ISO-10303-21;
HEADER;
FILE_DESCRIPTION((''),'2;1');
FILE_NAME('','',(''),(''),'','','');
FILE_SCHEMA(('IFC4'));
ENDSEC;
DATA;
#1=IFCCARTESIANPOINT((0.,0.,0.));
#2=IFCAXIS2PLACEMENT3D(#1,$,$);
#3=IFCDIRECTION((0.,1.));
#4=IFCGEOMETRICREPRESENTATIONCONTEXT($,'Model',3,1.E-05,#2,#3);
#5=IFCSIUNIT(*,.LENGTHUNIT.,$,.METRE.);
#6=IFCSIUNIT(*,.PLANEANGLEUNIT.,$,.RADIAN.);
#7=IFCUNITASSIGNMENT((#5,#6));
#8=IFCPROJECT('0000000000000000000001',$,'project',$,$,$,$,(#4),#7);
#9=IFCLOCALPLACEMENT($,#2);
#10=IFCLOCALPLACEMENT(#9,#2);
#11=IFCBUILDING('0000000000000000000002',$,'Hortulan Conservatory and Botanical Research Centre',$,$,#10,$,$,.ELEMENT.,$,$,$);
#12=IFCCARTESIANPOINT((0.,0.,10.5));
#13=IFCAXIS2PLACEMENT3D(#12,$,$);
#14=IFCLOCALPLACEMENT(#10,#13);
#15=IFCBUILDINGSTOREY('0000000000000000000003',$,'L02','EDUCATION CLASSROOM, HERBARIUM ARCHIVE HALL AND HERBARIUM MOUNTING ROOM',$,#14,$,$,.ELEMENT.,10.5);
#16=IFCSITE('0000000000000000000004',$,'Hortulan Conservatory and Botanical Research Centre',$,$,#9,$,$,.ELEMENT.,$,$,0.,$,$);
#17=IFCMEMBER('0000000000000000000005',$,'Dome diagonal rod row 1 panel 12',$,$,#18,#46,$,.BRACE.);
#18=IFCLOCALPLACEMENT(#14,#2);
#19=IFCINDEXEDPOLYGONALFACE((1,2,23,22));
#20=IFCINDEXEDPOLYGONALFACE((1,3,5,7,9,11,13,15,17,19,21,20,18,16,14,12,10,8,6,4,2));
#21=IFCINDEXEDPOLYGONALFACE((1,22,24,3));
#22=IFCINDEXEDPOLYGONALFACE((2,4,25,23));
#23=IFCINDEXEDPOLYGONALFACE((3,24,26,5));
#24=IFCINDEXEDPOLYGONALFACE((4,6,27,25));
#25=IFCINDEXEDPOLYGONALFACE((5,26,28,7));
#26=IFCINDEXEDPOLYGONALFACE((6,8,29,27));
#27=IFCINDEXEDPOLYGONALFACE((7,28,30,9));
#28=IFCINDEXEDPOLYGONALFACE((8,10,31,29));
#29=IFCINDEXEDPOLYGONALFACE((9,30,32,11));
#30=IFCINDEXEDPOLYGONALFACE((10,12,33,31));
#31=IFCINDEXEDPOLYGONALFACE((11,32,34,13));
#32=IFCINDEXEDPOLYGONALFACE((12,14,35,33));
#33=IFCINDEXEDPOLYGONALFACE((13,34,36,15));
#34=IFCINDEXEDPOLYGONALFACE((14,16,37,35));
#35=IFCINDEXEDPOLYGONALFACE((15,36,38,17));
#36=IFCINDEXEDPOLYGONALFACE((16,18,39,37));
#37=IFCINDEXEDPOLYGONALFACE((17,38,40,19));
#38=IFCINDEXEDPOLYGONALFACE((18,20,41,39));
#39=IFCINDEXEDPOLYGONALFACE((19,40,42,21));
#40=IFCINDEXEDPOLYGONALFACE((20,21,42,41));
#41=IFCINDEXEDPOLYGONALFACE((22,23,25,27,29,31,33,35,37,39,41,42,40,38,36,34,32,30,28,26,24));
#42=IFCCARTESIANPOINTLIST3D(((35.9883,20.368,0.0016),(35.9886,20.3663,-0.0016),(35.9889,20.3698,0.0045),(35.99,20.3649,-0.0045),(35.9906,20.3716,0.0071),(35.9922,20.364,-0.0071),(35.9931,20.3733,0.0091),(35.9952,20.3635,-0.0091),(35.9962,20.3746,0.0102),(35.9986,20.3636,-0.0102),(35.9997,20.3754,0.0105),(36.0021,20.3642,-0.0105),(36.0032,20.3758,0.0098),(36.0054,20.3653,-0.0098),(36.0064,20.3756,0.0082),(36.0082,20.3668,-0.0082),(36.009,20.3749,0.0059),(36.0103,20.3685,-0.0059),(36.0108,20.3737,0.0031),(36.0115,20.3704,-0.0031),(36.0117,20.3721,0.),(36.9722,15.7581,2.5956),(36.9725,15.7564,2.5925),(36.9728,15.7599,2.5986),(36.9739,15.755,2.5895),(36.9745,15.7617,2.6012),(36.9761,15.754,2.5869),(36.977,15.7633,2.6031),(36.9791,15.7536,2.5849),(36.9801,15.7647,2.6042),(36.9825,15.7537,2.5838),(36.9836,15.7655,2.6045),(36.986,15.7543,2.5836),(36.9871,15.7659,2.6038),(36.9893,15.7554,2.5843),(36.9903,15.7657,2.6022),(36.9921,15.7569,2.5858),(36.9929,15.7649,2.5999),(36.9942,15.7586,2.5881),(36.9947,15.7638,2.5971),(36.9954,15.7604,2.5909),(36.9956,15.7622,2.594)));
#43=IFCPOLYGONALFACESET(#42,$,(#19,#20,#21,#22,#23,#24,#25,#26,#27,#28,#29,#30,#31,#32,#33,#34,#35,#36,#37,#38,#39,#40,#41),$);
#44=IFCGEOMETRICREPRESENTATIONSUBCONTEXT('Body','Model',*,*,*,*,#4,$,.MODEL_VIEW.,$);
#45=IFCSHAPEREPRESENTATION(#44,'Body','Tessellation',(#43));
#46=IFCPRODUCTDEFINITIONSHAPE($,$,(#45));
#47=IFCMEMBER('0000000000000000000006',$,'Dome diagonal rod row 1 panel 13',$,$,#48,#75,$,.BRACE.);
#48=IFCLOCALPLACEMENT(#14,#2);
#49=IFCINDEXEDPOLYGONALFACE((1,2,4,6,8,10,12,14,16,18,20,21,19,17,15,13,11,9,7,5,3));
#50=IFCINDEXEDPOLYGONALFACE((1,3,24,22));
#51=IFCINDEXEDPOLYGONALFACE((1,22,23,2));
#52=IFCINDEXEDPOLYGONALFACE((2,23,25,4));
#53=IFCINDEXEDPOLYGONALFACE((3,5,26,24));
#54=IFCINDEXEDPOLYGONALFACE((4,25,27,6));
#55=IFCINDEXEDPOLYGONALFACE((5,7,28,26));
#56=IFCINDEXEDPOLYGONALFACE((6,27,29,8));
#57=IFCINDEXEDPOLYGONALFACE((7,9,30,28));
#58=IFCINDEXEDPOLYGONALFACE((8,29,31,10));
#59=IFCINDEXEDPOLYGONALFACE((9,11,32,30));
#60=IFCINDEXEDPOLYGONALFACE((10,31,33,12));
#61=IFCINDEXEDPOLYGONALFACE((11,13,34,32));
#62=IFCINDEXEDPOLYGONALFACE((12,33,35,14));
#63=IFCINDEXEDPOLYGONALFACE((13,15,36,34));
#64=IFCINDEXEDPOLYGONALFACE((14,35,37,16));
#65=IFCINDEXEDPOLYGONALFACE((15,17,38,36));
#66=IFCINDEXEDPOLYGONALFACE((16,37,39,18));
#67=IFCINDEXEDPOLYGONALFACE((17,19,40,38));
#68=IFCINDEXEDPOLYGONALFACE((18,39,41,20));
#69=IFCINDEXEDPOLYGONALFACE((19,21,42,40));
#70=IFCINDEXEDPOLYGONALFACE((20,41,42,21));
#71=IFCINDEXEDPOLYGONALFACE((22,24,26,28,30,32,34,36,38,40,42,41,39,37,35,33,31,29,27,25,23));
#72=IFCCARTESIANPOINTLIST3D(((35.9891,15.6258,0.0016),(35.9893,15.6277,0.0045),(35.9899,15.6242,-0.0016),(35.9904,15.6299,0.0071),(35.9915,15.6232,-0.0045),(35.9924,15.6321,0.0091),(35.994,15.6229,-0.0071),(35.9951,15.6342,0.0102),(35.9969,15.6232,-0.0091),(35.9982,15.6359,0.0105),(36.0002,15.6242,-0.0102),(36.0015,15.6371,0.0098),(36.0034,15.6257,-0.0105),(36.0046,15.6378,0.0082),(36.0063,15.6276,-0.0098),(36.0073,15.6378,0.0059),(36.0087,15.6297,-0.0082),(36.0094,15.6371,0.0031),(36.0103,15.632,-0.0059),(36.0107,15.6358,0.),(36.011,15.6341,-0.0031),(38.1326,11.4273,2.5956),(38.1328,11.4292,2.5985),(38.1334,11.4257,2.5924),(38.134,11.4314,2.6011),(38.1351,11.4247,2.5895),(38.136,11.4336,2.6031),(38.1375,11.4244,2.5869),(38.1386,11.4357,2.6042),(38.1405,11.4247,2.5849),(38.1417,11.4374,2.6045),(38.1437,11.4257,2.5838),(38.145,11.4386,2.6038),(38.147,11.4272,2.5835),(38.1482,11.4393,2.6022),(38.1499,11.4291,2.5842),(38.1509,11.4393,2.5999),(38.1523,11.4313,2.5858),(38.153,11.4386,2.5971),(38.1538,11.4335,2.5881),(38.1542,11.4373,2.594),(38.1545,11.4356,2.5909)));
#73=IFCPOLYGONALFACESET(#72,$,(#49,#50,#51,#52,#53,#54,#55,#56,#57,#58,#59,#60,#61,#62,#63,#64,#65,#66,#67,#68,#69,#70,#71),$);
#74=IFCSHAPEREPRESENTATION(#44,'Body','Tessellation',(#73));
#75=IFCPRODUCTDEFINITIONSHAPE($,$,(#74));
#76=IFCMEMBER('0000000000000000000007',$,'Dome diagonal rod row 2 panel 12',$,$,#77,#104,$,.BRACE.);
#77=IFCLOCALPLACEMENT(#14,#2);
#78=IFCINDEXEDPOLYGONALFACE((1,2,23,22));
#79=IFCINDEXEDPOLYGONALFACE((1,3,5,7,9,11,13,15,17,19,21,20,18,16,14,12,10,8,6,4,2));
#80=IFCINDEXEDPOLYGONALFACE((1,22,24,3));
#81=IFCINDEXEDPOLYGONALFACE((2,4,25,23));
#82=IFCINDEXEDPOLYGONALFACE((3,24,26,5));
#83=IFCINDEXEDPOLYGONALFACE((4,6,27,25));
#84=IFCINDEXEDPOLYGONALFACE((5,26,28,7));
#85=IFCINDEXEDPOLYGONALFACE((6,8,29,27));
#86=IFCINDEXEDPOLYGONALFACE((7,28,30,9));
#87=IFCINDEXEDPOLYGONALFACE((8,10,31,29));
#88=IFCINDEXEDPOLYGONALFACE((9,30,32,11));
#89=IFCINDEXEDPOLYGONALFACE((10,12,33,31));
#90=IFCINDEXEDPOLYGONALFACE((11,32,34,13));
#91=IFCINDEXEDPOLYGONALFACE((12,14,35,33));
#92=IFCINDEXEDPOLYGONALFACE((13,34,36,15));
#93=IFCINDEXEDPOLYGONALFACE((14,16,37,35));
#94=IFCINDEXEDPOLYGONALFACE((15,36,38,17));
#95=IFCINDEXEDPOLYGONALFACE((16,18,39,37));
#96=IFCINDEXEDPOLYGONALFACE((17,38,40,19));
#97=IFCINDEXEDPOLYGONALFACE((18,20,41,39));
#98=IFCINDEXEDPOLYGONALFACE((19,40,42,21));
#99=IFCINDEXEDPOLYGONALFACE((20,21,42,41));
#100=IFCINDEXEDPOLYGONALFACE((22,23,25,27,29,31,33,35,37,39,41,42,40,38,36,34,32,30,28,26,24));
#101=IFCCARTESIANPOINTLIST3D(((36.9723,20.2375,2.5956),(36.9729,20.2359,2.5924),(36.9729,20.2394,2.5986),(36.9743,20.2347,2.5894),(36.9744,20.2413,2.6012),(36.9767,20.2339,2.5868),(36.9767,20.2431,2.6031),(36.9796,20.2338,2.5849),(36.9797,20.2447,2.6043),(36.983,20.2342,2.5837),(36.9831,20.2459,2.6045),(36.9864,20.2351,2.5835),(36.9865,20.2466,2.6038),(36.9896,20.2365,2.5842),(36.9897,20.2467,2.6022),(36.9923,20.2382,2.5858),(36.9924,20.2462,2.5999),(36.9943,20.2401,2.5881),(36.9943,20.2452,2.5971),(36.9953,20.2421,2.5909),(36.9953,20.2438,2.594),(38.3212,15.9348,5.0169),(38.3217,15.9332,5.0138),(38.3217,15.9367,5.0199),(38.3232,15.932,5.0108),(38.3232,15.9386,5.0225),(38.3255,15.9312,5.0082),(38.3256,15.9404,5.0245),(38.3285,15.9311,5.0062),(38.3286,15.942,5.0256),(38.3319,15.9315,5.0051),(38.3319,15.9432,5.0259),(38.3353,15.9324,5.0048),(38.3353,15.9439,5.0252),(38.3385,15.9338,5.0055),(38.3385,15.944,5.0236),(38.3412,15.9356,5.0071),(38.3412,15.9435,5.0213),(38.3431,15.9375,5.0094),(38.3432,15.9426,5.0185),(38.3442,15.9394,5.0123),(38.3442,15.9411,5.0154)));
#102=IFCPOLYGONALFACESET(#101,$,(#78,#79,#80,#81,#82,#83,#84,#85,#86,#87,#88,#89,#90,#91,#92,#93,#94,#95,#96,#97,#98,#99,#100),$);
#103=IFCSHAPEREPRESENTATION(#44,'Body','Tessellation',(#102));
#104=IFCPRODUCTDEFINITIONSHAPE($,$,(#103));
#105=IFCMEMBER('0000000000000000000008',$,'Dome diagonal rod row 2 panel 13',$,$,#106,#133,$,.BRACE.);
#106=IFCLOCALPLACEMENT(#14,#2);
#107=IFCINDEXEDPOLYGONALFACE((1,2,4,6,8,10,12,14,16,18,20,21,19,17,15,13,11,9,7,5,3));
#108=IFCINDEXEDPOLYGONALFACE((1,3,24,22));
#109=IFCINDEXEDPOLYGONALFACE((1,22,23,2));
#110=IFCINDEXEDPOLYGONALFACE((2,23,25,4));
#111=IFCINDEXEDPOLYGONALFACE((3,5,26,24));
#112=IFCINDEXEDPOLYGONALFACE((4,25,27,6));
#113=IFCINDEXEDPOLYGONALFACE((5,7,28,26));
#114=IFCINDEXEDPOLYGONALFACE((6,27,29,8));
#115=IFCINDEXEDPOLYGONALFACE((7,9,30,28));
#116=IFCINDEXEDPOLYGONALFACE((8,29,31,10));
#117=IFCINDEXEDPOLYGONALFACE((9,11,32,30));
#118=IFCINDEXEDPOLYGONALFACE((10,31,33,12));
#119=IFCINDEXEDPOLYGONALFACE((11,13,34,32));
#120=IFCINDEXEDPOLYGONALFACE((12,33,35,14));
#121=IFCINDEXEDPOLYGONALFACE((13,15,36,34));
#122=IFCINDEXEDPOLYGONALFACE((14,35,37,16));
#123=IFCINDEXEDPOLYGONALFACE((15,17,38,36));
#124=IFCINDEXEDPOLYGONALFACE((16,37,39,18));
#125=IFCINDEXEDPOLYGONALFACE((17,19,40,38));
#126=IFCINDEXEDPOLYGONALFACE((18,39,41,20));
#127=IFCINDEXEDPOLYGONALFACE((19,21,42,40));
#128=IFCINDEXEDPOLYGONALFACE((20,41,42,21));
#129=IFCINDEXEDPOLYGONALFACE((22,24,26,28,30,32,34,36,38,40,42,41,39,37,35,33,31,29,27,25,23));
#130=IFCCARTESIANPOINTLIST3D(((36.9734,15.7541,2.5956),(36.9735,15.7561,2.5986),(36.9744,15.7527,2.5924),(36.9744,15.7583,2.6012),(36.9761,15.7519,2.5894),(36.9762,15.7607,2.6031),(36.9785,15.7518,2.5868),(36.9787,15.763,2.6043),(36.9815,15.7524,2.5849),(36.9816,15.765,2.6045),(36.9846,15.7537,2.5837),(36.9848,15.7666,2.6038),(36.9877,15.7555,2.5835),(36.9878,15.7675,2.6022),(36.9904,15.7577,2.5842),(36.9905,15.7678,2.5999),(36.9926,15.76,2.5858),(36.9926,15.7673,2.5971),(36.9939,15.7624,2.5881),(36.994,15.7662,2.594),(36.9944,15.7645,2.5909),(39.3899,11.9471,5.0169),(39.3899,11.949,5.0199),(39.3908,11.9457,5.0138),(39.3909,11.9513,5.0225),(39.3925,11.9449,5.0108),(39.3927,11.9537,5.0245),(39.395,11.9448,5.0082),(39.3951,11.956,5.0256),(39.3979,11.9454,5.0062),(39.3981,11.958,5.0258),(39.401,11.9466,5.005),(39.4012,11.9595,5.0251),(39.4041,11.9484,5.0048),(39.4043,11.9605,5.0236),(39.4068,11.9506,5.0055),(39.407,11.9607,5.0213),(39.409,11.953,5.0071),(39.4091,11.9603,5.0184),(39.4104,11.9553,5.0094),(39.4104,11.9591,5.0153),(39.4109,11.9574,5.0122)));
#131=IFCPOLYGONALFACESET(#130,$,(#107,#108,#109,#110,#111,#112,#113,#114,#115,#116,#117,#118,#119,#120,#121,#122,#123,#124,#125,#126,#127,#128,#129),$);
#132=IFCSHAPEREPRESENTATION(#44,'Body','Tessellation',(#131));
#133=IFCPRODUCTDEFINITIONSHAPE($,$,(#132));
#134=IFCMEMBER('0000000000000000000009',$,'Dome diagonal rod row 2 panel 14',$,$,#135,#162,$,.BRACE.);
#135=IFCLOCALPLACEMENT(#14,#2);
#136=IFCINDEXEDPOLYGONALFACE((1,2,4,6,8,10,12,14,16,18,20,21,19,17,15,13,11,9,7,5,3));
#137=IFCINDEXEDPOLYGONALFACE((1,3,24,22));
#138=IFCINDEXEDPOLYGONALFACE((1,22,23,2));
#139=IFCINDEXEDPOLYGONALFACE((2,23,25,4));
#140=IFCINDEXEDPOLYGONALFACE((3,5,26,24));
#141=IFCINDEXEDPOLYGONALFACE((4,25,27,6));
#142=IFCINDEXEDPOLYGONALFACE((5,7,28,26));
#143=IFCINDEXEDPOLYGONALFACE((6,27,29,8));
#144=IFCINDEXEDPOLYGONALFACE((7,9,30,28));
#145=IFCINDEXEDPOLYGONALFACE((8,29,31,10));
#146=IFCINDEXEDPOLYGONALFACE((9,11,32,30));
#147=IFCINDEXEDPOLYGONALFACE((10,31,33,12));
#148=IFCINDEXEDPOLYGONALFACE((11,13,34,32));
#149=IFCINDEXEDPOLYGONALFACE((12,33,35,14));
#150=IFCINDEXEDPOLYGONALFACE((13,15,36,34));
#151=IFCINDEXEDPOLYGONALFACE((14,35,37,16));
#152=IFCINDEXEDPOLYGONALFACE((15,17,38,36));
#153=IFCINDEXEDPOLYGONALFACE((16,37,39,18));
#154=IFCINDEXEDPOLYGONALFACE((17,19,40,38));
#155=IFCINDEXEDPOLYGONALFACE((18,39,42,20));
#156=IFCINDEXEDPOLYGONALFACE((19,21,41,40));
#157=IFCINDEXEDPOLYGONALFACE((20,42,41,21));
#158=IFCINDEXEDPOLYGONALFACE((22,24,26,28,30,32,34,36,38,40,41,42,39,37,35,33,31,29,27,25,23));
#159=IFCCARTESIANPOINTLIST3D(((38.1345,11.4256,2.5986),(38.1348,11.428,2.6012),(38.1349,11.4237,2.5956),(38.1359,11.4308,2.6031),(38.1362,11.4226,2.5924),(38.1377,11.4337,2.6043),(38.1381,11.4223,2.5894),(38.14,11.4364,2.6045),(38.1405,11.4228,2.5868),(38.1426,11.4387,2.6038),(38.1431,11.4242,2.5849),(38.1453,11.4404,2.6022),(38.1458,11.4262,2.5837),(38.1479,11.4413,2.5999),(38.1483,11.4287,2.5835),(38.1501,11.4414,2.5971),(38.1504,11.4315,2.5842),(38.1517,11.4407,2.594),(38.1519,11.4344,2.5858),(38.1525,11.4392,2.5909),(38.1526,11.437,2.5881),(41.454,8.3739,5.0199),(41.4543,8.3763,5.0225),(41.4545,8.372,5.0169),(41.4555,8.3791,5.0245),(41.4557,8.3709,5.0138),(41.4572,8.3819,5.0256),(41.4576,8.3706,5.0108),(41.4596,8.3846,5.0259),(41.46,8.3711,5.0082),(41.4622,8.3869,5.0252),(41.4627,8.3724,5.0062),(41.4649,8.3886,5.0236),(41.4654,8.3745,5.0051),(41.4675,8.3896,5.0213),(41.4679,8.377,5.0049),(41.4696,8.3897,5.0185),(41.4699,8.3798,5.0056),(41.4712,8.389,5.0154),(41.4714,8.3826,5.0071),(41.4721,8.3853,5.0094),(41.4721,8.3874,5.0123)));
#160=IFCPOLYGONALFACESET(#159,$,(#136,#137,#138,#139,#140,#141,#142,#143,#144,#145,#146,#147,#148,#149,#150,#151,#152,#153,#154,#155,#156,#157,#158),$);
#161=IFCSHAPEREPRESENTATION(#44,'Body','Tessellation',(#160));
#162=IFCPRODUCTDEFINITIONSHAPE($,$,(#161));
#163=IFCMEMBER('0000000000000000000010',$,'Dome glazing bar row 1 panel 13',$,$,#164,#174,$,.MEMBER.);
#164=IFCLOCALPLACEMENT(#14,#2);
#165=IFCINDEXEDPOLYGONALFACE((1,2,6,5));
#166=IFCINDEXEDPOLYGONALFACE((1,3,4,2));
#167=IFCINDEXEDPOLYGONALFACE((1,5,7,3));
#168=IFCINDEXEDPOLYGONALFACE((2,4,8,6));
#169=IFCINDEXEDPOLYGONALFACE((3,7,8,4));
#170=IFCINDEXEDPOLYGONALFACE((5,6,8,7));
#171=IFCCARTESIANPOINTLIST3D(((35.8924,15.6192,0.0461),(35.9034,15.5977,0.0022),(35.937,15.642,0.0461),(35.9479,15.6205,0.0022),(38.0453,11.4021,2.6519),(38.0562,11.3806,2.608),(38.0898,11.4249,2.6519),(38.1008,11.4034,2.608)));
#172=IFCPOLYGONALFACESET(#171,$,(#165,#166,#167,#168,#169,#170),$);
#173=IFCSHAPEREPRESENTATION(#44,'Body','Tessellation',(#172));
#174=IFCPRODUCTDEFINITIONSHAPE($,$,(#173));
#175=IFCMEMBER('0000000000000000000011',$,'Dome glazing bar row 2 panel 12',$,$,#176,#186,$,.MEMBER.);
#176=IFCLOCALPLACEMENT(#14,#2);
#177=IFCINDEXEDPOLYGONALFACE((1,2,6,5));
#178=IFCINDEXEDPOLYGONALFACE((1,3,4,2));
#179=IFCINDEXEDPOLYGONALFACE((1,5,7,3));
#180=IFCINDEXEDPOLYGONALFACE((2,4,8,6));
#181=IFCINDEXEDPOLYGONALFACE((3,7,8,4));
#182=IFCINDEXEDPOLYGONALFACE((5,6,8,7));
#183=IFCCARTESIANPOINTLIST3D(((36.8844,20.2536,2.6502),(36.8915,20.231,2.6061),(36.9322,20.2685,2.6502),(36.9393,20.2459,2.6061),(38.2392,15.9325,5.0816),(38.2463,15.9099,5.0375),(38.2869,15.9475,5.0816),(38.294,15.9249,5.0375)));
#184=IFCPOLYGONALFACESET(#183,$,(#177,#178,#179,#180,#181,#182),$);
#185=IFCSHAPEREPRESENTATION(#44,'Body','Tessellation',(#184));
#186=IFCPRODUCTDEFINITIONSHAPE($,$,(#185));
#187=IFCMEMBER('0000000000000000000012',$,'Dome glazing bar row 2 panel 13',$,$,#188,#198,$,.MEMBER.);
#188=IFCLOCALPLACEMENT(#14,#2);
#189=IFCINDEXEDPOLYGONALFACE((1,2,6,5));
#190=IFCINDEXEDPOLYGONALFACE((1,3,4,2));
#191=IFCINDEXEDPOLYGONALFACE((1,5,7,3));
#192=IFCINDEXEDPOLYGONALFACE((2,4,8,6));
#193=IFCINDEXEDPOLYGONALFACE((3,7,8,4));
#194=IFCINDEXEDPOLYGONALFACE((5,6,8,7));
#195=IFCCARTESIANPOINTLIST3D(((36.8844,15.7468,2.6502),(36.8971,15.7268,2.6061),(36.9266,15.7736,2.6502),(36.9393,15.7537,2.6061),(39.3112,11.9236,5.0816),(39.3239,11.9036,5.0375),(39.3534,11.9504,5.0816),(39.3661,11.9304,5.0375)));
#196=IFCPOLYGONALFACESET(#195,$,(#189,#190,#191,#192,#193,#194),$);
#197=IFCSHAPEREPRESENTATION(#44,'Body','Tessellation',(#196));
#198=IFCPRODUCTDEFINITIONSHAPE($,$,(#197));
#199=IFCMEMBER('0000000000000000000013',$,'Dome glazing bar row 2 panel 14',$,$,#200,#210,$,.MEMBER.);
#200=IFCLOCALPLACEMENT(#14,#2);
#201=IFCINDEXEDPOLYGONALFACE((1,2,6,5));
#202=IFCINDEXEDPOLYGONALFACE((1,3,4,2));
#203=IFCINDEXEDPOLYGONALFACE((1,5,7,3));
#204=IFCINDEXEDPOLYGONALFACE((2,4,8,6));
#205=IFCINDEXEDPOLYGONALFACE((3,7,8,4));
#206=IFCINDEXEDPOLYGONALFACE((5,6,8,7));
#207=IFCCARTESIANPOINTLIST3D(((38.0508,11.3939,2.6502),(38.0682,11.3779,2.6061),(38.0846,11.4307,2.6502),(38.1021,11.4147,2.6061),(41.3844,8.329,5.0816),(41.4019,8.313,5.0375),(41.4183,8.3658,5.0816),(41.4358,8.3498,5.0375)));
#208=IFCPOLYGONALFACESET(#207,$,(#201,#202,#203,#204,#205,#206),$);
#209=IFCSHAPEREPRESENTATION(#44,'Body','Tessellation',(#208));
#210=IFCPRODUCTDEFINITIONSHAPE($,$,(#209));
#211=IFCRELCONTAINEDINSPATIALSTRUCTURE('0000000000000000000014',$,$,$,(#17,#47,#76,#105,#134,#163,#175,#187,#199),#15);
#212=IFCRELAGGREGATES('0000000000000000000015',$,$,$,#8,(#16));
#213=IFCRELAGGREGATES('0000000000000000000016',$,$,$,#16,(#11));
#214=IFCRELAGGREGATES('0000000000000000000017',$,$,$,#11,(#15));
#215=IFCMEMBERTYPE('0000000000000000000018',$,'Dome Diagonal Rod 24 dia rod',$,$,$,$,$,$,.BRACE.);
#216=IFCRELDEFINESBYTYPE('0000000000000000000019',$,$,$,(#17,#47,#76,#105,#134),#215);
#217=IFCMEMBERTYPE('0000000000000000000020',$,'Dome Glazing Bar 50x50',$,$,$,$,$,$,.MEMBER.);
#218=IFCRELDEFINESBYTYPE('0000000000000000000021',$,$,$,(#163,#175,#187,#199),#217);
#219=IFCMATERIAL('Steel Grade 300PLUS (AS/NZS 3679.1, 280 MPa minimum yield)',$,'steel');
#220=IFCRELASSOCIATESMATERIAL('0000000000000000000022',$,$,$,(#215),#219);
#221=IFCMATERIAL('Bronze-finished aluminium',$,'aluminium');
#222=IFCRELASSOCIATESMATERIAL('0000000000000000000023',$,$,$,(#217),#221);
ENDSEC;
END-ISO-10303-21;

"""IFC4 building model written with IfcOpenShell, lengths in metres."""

from ifc_helpers import new_model, si_unit, direction, frame, origin, origin_2d, place, context, subcontext, project, spatial, rectangle, circle, extrude, material, material_profile, profile_set, type_object, element, save


model = new_model("IFC4")

# Units and contexts
model_context = context("Model", 3, precision=1e-05, world=origin(), true_north=direction((0.0, 1.0)))
body_context = subcontext(model_context, "Body", "Model", "MODEL_VIEW")
ifc_project = project(units=[si_unit("LENGTHUNIT", "METRE"), si_unit("PLANEANGLEUNIT", "RADIAN")], contexts=[model_context])

# Site, building, storey
site_placement = place(None, origin())
site = spatial("IfcSite", under=ifc_project, at=site_placement, Name="Hortulan Conservatory and Botanical Research Centre", CompositionType="ELEMENT", RefElevation=0.0)
building_placement = place(site_placement, origin())
building = spatial("IfcBuilding", under=site, at=building_placement, Name="Hortulan Conservatory and Botanical Research Centre", CompositionType="ELEMENT")
storey_placement = place(building_placement, frame((0.0, 0.0, 10.5)))
storey = spatial("IfcBuildingStorey", under=building, at=storey_placement, Name="L02", Description="EDUCATION CLASSROOM, HERBARIUM ARCHIVE HALL AND HERBARIUM MOUNTING ROOM", CompositionType="ELEMENT", Elevation=10.5)

# Members
ifc_material_1 = material(Name="Steel Grade 300PLUS (AS/NZS 3679.1, 280 MPa minimum yield)", Category="steel")
ifc_material_profile_1 = material_profile(ifc_material_1, circle(Radius=0.012, at=origin_2d()), Name="24 dia rod")
ifc_profile_set_1 = profile_set([ifc_material_profile_1], Name="Steel Grade 300PLUS (AS/NZS 3679.1, 280 MPa minimum yield)")
member_type_1 = type_object("IfcMemberType", Name="Dome Diagonal Rod 24 dia rod", PredefinedType="BRACE", material=ifc_profile_set_1)
member_1_placement = place(storey_placement, frame((36.0, 20.3696, 0.0), z_axis=(0.182868, -0.856803, 0.482128), x_axis=(0.977973, 0.20873, 0.0)))
element("IfcMember", 1, at=member_1_placement, inside=storey, type_object=member_type_1, Name="Dome diagonal rod row 1 panel 12", PredefinedType="BRACE", context=body_context, shape_type="SweptSolid", body=[
    extrude(circle(Radius=0.012, at=origin_2d()), origin(), (0.0, 0.0, 1.0), 5.3804),
])
member_2_placement = place(storey_placement, frame((36.0, 15.6304, 0.0), z_axis=(0.398385, -0.7803, 0.482101), x_axis=(0.890636, 0.454718, 0.0)))
element("IfcMember", 2, at=member_2_placement, inside=storey, type_object=member_type_1, Name="Dome diagonal rod row 1 panel 13", PredefinedType="BRACE", context=body_context, shape_type="SweptSolid", body=[
    extrude(circle(Radius=0.012, at=origin_2d()), origin(), (0.0, 0.0, 1.0), 5.3806),
])
for number, where, z_axis, x_axis, name in (
    (3, (36.9839, 20.2402, 2.594), (0.263545, -0.840671, 0.473092), (0.95421, 0.299138, 0.0), "Dome diagonal rod row 2 panel 12"),
    (4, (36.9839, 15.7598, 2.594), (0.472132, -0.743829, 0.473086), (0.844285, 0.535894, 0.0), "Dome diagonal rod row 2 panel 13"),
    (5, (38.1436, 11.4319, 2.594), (0.648584, -0.596256, 0.473094), (0.676786, 0.73618, 0.0), "Dome diagonal rod row 2 panel 14"),
):
    element("IfcMember", number, at=place(storey_placement, frame(where, z_axis=z_axis, x_axis=x_axis)), inside=storey, type_object=member_type_1, Name=name, PredefinedType="BRACE", context=body_context, shape_type="SweptSolid", body=[
        extrude(circle(Radius=0.012, at=origin_2d()), origin(), (0.0, 0.0, 1.0), 5.1182),
    ])
ifc_material_2 = material(Name="Bronze-finished aluminium", Category="aluminium")
ifc_material_profile_2 = material_profile(ifc_material_2, rectangle(XDim=0.05, YDim=0.05, at=origin_2d()), Name="Square bar 50x50")
ifc_profile_set_2 = profile_set([ifc_material_profile_2], Name="Bronze-finished aluminium")
member_type_2 = type_object("IfcMemberType", Name="Dome Glazing Bar 50x50", PredefinedType="MEMBER", material=ifc_profile_set_2)
member_3_placement = place(storey_placement, frame((35.9202, 15.6199, 0.0242), z_axis=(0.398346, -0.780293, 0.482144), x_axis=(0.890652, 0.454685, 0.0)))
element("IfcMember", 6, at=member_3_placement, inside=storey, type_object=member_type_2, Name="Dome glazing bar row 1 panel 13", PredefinedType="MEMBER", context=body_context, shape_type="SweptSolid", body=[
    extrude(rectangle(XDim=0.05, YDim=0.05, at=origin_2d()), origin(), (0.0, 0.0, 1.0), 5.4045),
])
for number, where, z_axis, x_axis, name in (
    (7, (36.9119, 20.2498, 2.6282), (0.263573, -0.840689, 0.473045), (0.954202, 0.299162, 0.0), "Dome glazing bar row 2 panel 12"),
    (8, (36.9119, 15.7502, 2.6282), (0.472146, -0.743844, 0.473048), (0.844283, 0.535898, 0.0), "Dome glazing bar row 2 panel 13"),
    (9, (38.0764, 11.4043, 2.6282), (0.64859, -0.596295, 0.473036), (0.676805, 0.736162, 0.0), "Dome glazing bar row 2 panel 14"),
):
    element("IfcMember", number, at=place(storey_placement, frame(where, z_axis=z_axis, x_axis=x_axis)), inside=storey, type_object=member_type_2, Name=name, PredefinedType="MEMBER", context=body_context, shape_type="SweptSolid", body=[
        extrude(rectangle(XDim=0.05, YDim=0.05, at=origin_2d()), origin(), (0.0, 0.0, 1.0), 5.1399),
    ])

save(model, "model.ifc")
